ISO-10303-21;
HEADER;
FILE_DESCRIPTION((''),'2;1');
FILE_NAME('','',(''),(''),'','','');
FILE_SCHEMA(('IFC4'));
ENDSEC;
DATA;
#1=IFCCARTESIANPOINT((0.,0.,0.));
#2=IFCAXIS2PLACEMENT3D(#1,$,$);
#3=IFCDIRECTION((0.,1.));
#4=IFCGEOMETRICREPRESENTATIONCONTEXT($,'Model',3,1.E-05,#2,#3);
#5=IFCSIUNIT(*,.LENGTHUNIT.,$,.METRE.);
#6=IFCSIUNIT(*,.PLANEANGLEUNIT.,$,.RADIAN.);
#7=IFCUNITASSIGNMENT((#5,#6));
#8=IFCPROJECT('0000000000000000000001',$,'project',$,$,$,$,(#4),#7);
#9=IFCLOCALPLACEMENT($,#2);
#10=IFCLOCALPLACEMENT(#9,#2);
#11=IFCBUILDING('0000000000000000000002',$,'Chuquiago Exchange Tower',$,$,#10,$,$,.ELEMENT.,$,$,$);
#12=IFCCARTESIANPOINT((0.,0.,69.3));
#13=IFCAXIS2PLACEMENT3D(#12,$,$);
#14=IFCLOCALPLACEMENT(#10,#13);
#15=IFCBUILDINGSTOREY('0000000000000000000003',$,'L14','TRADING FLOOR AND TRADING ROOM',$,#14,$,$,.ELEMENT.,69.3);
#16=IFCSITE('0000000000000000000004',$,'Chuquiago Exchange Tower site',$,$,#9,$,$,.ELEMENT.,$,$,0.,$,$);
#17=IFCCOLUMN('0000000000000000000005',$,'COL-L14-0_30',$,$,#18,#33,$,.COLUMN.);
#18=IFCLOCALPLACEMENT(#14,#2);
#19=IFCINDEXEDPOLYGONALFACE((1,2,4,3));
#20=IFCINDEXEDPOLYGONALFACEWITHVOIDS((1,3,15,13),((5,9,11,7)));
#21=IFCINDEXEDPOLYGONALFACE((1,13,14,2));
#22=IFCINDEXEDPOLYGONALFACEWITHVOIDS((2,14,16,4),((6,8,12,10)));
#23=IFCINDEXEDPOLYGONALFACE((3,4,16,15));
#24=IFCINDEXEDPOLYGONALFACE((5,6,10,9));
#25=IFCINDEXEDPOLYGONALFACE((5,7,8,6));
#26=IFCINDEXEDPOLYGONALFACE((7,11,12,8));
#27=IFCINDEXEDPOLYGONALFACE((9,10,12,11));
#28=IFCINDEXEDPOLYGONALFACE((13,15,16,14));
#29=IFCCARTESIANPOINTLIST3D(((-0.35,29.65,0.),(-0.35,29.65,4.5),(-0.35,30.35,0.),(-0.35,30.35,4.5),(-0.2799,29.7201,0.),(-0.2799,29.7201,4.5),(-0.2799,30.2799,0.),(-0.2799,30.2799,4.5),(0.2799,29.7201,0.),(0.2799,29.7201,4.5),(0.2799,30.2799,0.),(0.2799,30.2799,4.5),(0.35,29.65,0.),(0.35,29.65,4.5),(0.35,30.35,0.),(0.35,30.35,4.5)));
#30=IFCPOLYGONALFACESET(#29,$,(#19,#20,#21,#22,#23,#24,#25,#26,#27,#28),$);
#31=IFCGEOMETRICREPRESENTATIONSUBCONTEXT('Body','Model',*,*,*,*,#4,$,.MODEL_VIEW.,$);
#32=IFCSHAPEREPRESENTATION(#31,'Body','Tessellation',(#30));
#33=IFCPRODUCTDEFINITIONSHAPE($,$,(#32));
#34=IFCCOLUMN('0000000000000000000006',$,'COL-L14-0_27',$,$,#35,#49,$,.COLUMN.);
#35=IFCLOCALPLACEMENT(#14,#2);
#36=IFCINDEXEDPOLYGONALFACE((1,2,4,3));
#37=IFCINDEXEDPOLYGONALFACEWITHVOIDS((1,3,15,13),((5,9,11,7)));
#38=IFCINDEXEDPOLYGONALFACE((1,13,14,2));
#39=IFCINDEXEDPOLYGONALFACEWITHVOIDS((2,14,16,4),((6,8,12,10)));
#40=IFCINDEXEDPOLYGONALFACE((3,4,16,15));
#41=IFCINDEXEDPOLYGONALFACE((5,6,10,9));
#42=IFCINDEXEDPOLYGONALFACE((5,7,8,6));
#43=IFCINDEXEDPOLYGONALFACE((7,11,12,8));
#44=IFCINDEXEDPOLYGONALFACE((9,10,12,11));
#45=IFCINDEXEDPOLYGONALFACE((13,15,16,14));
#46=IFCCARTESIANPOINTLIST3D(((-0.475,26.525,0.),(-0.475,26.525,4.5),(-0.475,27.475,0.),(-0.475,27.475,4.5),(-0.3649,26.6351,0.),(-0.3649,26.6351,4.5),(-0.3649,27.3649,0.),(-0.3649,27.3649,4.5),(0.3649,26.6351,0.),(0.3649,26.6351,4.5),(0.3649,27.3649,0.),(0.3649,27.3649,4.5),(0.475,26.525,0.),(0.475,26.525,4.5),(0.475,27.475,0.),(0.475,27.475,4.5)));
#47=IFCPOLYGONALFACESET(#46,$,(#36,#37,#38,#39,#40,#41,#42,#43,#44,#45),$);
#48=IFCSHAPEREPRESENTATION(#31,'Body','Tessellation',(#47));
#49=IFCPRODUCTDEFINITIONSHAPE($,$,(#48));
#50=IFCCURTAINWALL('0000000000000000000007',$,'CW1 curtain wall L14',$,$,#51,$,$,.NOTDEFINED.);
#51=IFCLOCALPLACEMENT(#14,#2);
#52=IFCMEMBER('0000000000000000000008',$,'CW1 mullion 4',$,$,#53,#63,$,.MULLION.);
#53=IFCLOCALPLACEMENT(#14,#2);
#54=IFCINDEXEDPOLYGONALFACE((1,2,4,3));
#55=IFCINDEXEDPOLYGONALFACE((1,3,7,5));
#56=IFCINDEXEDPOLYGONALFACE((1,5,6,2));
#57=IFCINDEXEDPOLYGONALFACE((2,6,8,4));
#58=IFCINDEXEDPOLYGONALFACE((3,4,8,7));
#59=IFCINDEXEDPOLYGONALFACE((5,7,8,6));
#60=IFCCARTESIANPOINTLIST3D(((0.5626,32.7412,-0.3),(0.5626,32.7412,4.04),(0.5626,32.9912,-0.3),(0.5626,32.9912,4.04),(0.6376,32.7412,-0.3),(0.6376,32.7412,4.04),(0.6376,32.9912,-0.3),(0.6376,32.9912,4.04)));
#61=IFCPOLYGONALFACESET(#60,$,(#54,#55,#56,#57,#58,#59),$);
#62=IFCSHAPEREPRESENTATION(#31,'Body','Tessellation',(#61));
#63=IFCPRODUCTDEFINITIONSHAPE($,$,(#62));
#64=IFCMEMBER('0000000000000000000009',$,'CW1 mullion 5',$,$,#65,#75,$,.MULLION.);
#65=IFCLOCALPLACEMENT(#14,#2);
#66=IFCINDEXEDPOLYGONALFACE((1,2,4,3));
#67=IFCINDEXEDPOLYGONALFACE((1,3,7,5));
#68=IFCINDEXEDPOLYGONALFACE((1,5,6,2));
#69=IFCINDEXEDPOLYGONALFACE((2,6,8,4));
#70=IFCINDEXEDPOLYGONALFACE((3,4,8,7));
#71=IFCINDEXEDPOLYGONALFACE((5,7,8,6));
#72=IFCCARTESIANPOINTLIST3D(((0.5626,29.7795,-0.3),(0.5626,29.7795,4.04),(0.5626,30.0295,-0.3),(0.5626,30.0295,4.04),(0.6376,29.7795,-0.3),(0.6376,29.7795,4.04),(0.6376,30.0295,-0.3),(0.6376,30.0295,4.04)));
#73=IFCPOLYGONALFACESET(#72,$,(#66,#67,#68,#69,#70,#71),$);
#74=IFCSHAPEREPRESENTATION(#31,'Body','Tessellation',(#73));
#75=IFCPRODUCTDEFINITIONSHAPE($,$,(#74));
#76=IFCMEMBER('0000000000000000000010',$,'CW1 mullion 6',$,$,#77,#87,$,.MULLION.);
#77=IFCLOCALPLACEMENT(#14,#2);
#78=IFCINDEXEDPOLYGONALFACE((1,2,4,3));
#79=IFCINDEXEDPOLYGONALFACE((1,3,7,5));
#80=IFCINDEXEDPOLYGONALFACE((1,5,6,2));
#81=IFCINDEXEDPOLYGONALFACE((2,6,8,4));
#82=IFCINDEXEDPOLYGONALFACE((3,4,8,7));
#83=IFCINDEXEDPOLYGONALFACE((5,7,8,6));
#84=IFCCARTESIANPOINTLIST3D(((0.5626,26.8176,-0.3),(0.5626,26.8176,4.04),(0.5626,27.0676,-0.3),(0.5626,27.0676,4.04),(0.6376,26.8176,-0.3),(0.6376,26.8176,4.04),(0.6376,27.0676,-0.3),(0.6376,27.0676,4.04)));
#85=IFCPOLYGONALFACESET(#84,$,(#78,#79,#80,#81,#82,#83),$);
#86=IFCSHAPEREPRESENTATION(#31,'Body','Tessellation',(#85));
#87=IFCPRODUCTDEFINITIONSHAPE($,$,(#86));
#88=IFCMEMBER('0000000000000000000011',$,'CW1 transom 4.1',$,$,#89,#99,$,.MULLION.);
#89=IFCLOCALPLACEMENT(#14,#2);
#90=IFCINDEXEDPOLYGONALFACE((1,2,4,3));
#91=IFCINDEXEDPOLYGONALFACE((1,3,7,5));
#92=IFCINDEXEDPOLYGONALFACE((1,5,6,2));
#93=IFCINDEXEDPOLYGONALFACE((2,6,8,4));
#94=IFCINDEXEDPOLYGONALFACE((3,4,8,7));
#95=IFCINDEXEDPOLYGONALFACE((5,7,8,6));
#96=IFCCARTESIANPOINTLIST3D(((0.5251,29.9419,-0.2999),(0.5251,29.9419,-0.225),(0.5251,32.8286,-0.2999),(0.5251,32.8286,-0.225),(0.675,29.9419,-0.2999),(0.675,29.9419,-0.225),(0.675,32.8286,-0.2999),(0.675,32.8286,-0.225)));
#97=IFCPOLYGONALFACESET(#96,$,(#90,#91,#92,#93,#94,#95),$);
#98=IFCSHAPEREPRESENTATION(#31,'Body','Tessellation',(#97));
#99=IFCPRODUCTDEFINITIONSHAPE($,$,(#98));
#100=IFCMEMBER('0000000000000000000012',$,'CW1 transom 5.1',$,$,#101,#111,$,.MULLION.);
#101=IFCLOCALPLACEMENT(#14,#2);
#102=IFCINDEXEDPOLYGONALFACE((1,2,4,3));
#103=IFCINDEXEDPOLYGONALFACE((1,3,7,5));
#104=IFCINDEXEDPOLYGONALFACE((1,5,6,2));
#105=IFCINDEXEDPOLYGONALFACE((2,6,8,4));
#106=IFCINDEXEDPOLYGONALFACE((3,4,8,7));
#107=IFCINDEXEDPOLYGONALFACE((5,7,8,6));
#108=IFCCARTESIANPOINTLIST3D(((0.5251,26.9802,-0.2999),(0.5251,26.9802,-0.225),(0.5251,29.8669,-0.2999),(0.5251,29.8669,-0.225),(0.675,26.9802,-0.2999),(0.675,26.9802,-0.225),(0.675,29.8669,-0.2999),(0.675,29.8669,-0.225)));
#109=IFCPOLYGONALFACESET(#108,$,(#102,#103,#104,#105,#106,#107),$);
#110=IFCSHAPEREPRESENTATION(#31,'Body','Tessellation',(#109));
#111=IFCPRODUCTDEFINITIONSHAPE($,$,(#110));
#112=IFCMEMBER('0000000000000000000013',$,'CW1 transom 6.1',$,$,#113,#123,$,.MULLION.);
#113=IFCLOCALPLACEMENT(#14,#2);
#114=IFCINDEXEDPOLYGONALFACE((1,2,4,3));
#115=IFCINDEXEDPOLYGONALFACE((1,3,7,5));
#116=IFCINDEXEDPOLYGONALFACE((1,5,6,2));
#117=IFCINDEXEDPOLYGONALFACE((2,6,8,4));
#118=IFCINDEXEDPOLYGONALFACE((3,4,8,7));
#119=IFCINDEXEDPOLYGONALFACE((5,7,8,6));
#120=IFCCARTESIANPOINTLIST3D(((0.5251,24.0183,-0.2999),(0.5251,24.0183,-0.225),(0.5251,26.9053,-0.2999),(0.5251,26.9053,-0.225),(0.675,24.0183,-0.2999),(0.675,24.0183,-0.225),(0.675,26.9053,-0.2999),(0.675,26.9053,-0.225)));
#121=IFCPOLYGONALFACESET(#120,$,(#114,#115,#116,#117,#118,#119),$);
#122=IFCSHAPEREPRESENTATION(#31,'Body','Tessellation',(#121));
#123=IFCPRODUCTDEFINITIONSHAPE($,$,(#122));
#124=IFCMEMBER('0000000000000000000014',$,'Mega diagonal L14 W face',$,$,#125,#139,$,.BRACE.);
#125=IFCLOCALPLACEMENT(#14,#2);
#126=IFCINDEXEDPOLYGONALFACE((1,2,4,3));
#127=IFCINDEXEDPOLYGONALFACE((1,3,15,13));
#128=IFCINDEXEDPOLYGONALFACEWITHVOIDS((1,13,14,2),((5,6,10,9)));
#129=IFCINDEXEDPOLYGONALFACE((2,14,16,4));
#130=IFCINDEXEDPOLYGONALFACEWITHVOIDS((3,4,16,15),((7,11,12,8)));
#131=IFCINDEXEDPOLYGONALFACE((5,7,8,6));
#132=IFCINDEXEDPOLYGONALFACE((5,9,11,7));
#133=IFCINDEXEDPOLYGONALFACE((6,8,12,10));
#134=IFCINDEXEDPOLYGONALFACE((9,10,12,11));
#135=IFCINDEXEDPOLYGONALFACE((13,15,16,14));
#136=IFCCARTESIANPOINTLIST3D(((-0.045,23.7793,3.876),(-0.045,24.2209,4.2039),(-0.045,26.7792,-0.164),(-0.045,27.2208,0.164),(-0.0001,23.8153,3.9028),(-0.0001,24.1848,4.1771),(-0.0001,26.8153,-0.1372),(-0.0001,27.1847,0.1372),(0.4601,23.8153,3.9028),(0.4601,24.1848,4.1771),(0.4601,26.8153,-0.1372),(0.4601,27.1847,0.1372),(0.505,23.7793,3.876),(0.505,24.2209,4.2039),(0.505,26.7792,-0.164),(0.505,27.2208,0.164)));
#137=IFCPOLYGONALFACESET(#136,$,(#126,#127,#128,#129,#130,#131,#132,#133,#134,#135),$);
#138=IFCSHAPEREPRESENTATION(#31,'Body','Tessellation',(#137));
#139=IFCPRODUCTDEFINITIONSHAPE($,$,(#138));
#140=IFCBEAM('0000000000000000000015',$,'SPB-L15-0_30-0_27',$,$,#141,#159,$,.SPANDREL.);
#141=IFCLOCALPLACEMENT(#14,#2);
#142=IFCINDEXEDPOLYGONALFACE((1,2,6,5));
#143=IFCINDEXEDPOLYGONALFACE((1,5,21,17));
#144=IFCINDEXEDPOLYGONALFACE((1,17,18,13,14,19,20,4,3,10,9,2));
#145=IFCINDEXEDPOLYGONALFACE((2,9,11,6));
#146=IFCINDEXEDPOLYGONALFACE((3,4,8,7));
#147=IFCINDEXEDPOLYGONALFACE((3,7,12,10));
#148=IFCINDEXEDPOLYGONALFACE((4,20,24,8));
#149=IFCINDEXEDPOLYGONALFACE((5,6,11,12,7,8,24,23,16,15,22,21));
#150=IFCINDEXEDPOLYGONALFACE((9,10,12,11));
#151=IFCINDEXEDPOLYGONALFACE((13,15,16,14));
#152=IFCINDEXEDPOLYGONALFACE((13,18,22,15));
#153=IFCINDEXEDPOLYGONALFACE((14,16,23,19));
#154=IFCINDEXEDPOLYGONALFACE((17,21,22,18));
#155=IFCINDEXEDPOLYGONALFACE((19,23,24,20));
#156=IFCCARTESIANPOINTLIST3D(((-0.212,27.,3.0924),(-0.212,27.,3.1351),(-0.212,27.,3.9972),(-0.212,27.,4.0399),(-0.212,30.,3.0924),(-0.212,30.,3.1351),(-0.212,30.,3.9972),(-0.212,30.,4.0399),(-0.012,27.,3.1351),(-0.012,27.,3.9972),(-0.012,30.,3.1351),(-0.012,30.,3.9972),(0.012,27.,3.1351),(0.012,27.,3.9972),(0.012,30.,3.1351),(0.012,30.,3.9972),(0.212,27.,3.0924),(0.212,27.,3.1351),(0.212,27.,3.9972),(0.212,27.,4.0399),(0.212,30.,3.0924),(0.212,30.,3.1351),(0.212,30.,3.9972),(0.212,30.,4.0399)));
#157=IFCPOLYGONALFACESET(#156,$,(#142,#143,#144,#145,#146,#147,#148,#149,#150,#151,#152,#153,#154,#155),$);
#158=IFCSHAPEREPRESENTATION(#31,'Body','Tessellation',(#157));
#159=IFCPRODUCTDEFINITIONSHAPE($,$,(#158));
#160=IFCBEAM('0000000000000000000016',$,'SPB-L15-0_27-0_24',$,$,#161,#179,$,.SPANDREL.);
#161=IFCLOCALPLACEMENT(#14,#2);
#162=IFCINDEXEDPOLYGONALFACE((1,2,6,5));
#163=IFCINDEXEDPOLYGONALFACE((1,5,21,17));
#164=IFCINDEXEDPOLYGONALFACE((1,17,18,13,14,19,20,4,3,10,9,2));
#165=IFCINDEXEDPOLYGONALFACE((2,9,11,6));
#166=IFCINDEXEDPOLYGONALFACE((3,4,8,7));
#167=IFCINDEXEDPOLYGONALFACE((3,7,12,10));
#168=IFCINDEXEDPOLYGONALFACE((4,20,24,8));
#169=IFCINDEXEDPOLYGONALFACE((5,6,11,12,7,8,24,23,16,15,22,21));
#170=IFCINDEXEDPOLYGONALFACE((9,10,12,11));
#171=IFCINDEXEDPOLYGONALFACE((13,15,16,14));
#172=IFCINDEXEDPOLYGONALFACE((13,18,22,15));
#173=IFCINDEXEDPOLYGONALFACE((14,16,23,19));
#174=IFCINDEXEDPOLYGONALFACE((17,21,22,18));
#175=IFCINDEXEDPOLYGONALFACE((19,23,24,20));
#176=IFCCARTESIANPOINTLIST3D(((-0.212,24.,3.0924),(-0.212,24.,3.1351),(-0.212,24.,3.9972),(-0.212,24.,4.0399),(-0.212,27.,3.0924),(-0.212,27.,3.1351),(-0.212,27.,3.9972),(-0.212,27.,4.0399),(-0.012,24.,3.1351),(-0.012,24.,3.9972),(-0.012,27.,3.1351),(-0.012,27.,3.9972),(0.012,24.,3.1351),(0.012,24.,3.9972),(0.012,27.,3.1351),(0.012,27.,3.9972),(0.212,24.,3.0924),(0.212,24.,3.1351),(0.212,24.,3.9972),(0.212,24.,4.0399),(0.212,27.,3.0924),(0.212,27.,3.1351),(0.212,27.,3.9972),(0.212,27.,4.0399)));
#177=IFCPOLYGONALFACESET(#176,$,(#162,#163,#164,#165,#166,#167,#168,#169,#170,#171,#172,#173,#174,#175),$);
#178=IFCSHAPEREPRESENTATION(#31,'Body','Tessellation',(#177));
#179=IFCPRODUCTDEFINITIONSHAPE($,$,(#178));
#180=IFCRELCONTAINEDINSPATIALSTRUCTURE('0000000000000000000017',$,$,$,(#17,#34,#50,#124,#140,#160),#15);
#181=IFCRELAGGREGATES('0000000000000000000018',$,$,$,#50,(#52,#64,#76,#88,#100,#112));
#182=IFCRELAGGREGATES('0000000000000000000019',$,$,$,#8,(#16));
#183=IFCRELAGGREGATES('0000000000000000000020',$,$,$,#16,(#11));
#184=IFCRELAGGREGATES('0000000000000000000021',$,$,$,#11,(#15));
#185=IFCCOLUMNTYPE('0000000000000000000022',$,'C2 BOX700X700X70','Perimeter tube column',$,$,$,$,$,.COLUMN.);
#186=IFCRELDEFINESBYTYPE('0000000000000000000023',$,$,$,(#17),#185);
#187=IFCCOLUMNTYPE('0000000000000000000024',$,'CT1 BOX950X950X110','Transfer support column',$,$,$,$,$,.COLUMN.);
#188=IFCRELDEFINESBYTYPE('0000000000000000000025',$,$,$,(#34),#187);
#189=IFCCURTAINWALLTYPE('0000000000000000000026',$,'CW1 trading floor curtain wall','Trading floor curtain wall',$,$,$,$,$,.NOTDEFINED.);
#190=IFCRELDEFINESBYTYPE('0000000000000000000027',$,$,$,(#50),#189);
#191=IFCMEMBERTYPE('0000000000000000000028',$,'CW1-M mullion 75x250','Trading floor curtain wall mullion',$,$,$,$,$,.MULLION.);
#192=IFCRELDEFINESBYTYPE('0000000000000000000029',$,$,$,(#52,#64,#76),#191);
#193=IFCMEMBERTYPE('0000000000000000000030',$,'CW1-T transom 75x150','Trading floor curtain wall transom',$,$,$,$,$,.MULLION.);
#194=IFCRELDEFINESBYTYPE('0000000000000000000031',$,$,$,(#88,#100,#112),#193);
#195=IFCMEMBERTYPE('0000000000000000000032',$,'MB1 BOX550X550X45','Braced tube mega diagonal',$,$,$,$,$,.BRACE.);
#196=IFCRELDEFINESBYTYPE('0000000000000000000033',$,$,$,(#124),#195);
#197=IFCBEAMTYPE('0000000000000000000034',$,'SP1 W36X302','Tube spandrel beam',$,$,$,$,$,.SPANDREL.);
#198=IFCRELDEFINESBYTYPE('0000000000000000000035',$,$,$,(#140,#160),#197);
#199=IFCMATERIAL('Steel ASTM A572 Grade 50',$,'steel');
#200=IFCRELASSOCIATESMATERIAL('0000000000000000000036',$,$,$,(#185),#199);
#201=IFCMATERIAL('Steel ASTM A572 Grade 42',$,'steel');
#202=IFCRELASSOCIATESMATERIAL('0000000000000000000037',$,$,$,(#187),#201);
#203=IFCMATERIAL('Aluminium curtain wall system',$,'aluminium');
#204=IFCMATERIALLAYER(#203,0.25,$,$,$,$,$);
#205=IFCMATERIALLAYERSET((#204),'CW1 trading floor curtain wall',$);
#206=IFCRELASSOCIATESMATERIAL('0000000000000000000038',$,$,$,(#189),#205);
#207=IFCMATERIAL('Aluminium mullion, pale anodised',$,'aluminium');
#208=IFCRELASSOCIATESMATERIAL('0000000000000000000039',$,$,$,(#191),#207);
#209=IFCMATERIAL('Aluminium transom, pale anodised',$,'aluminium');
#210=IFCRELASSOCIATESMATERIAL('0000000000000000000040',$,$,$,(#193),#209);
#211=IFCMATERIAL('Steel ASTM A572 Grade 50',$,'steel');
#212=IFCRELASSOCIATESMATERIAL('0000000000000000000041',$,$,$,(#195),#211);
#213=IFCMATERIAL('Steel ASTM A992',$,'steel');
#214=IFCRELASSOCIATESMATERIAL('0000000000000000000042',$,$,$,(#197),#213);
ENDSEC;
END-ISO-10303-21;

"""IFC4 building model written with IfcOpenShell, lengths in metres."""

from ifc_helpers import new_model, si_unit, direction, frame, origin, origin_2d, place, context, subcontext, project, spatial, rectangle, hollow_rectangle, i_section, extrude, material, layer, layer_set, material_profile, profile_set, type_object, element, aggregate, save


model = new_model("IFC4")

# Units and contexts
model_context = context("Model", 3, precision=1e-05, world=origin(), true_north=direction((0.0, 1.0)))
body_context = subcontext(model_context, "Body", "Model", "MODEL_VIEW")
ifc_project = project(units=[si_unit("LENGTHUNIT", "METRE"), si_unit("PLANEANGLEUNIT", "RADIAN")], contexts=[model_context])

# Site, building, storey
site_placement = place(None, origin())
site = spatial("IfcSite", under=ifc_project, at=site_placement, Name="Chuquiago Exchange Tower site", CompositionType="ELEMENT", RefElevation=0.0)
building_placement = place(site_placement, origin())
building = spatial("IfcBuilding", under=site, at=building_placement, Name="Chuquiago Exchange Tower", CompositionType="ELEMENT")
storey_placement = place(building_placement, frame((0.0, 0.0, 69.3)))
storey = spatial("IfcBuildingStorey", under=building, at=storey_placement, Name="L14", Description="TRADING FLOOR AND TRADING ROOM", CompositionType="ELEMENT", Elevation=69.3)

# Columns
ifc_material_1 = material(Name="Steel ASTM A572 Grade 50", Category="steel")
ifc_material_profile_1 = material_profile(ifc_material_1, hollow_rectangle(XDim=0.7, YDim=0.7, WallThickness=0.0701, at=origin_2d()), Name="BOX700X700X70")
ifc_profile_set_1 = profile_set([ifc_material_profile_1], Name="Steel ASTM A572 Grade 50")
column_type_1 = type_object("IfcColumnType", Name="C2 BOX700X700X70", Description="Perimeter tube column", PredefinedType="COLUMN", material=ifc_profile_set_1)
column_1_placement = place(storey_placement, frame((0.0, 30.0, 0.0), z_axis=(0.0, 0.0, 1.0), x_axis=(-1.0, 0.0, 0.0)))
element("IfcColumn", 1, at=column_1_placement, inside=storey, type_object=column_type_1, Name="COL-L14-0_30", PredefinedType="COLUMN", context=body_context, shape_type="SweptSolid", body=[
    extrude(hollow_rectangle(XDim=0.7, YDim=0.7, WallThickness=0.0701, at=origin_2d()), origin(), (0.0, 0.0, 1.0), 4.5),
])
ifc_material_2 = material(Name="Steel ASTM A572 Grade 42", Category="steel")
ifc_material_profile_2 = material_profile(ifc_material_2, hollow_rectangle(XDim=0.95, YDim=0.95, WallThickness=0.1101, at=origin_2d()), Name="BOX950X950X110")
ifc_profile_set_2 = profile_set([ifc_material_profile_2], Name="Steel ASTM A572 Grade 42")
column_type_2 = type_object("IfcColumnType", Name="CT1 BOX950X950X110", Description="Transfer support column", PredefinedType="COLUMN", material=ifc_profile_set_2)
column_2_placement = place(storey_placement, frame((0.0, 27.0, 0.0), z_axis=(0.0, 0.0, 1.0), x_axis=(-1.0, 0.0, 0.0)))
element("IfcColumn", 2, at=column_2_placement, inside=storey, type_object=column_type_2, Name="COL-L14-0_27", PredefinedType="COLUMN", context=body_context, shape_type="SweptSolid", body=[
    extrude(hollow_rectangle(XDim=0.95, YDim=0.95, WallThickness=0.1101, at=origin_2d()), origin(), (0.0, 0.0, 1.0), 4.5),
])

# Curtain wall, members
ifc_material_3 = material(Name="Aluminium curtain wall system", Category="aluminium")
ifc_layer_1 = layer(ifc_material_3, 0.25)
ifc_layer_set_1 = layer_set([ifc_layer_1], Name="CW1 trading floor curtain wall")
curtain_wall_type = type_object("IfcCurtainWallType", Name="CW1 trading floor curtain wall", Description="Trading floor curtain wall", PredefinedType="NOTDEFINED", material=ifc_layer_set_1)
curtain_wall_placement = place(storey_placement, origin())
curtain_wall = element("IfcCurtainWall", 3, at=curtain_wall_placement, inside=storey, type_object=curtain_wall_type, Name="CW1 curtain wall L14", PredefinedType="NOTDEFINED")
ifc_material_4 = material(Name="Aluminium mullion, pale anodised", Category="aluminium")
ifc_material_profile_3 = material_profile(ifc_material_4, rectangle(XDim=0.075, YDim=0.25, at=origin_2d()), Name="AL 75x250")
ifc_profile_set_3 = profile_set([ifc_material_profile_3], Name="Aluminium mullion, pale anodised")
member_type_1 = type_object("IfcMemberType", Name="CW1-M mullion 75x250", Description="Trading floor curtain wall mullion", PredefinedType="MULLION", material=ifc_profile_set_3)
member_1_placement = place(storey_placement, frame((0.6001, 32.8662, -0.3), z_axis=(0.0, 0.0, 1.0), x_axis=(1.0, 0.0, 0.0)))
member_1 = element("IfcMember", 4, at=member_1_placement, type_object=member_type_1, Name="CW1 mullion 4", PredefinedType="MULLION", context=body_context, shape_type="SweptSolid", body=[
    extrude(rectangle(XDim=0.075, YDim=0.25, at=origin_2d()), origin(), (0.0, 0.0, 1.0), 4.3401),
])
member_2_placement = place(storey_placement, frame((0.6001, 29.9045, -0.3), z_axis=(0.0, 0.0, 1.0), x_axis=(1.0, 0.0, 0.0)))
member_2 = element("IfcMember", 5, at=member_2_placement, type_object=member_type_1, Name="CW1 mullion 5", PredefinedType="MULLION", context=body_context, shape_type="SweptSolid", body=[
    extrude(rectangle(XDim=0.075, YDim=0.25, at=origin_2d()), origin(), (0.0, 0.0, 1.0), 4.3401),
])
member_3_placement = place(storey_placement, frame((0.6001, 26.9426, -0.3), z_axis=(0.0, 0.0, 1.0), x_axis=(1.0, 0.0, 0.0)))
member_3 = element("IfcMember", 6, at=member_3_placement, type_object=member_type_1, Name="CW1 mullion 6", PredefinedType="MULLION", context=body_context, shape_type="SweptSolid", body=[
    extrude(rectangle(XDim=0.075, YDim=0.25, at=origin_2d()), origin(), (0.0, 0.0, 1.0), 4.3401),
])
ifc_material_5 = material(Name="Aluminium transom, pale anodised", Category="aluminium")
ifc_material_profile_4 = material_profile(ifc_material_5, rectangle(XDim=0.1499, YDim=0.075, at=origin_2d()), Name="AL 150x75")
ifc_profile_set_4 = profile_set([ifc_material_profile_4], Name="Aluminium transom, pale anodised")
member_type_2 = type_object("IfcMemberType", Name="CW1-T transom 75x150", Description="Trading floor curtain wall transom", PredefinedType="MULLION", material=ifc_profile_set_4)
member_4_placement = place(storey_placement, frame((0.6001, 32.8286, -0.2625), z_axis=(0.0, -1.0, 0.0), x_axis=(1.0, 0.0, 0.0)))
member_4 = element("IfcMember", 7, at=member_4_placement, type_object=member_type_2, Name="CW1 transom 4.1", PredefinedType="MULLION", context=body_context, shape_type="SweptSolid", body=[
    extrude(rectangle(XDim=0.1499, YDim=0.075, at=origin_2d()), origin(), (0.0, 0.0, 1.0), 2.8867),
])
member_5_placement = place(storey_placement, frame((0.6001, 29.8669, -0.2625), z_axis=(0.0, -1.0, 0.0), x_axis=(1.0, 0.0, 0.0)))
member_5 = element("IfcMember", 8, at=member_5_placement, type_object=member_type_2, Name="CW1 transom 5.1", PredefinedType="MULLION", context=body_context, shape_type="SweptSolid", body=[
    extrude(rectangle(XDim=0.1499, YDim=0.075, at=origin_2d()), origin(), (0.0, 0.0, 1.0), 2.8867),
])
member_6_placement = place(storey_placement, frame((0.6001, 26.9053, -0.2625), z_axis=(0.0, -1.0, 0.0), x_axis=(1.0, 0.0, 0.0)))
member_6 = element("IfcMember", 9, at=member_6_placement, type_object=member_type_2, Name="CW1 transom 6.1", PredefinedType="MULLION", context=body_context, shape_type="SweptSolid", body=[
    extrude(rectangle(XDim=0.1499, YDim=0.075, at=origin_2d()), origin(), (0.0, 0.0, 1.0), 2.887),
])

# Member
ifc_material_6 = material(Name="Steel ASTM A572 Grade 50", Category="steel")
ifc_material_profile_5 = material_profile(ifc_material_6, hollow_rectangle(XDim=0.55, YDim=0.55, WallThickness=0.0449, at=origin_2d()), Name="BOX550X550X45")
ifc_profile_set_5 = profile_set([ifc_material_profile_5], Name="Steel ASTM A572 Grade 50")
member_type_3 = type_object("IfcMemberType", Name="MB1 BOX550X550X45", Description="Braced tube mega diagonal", PredefinedType="BRACE", material=ifc_profile_set_5)
member_7_placement = place(storey_placement, frame((0.23, 27.0, 0.0), z_axis=(0.0, -0.596174, 0.802855), x_axis=(1.0, 0.0, 0.0)))
element("IfcMember", 10, at=member_7_placement, inside=storey, type_object=member_type_3, Name="Mega diagonal L14 W face", PredefinedType="BRACE", context=body_context, shape_type="SweptSolid", body=[
    extrude(hollow_rectangle(XDim=0.55, YDim=0.55, WallThickness=0.0449, at=origin_2d()), origin(), (0.0, 0.0, 1.0), 5.032),
])

# Beams
ifc_material_7 = material(Name="Steel ASTM A992", Category="steel")
ifc_material_profile_6 = material_profile(ifc_material_7, i_section(OverallWidth=0.4241, OverallDepth=0.9475, WebThickness=0.0239, FlangeThickness=0.0427, at=origin_2d()), Name="W36X302")
ifc_profile_set_6 = profile_set([ifc_material_profile_6], Name="Steel ASTM A992")
beam_type = type_object("IfcBeamType", Name="SP1 W36X302", Description="Tube spandrel beam", PredefinedType="SPANDREL", material=ifc_profile_set_6)
for number, where, z_axis, x_axis, name in (
    (11, (0.0, 30.0, 3.5662), (0.0, -1.0, 0.0), (1.0, 0.0, 0.0), "SPB-L15-0_30-0_27"),
    (12, (0.0, 27.0, 3.5662), (0.0, -1.0, 0.0), (1.0, 0.0, 0.0), "SPB-L15-0_27-0_24"),
):
    element("IfcBeam", number, at=place(storey_placement, frame(where, z_axis=z_axis, x_axis=x_axis)), inside=storey, type_object=beam_type, Name=name, PredefinedType="SPANDREL", context=body_context, shape_type="SweptSolid", body=[
        extrude(i_section(OverallWidth=0.4241, OverallDepth=0.9475, WebThickness=0.0239, FlangeThickness=0.0427, at=origin_2d()), origin(), (0.0, 0.0, 1.0), 3.0),
    ])

aggregate(curtain_wall, [member_1, member_2, member_3, member_4, member_5, member_6])

save(model, "model.ifc")
